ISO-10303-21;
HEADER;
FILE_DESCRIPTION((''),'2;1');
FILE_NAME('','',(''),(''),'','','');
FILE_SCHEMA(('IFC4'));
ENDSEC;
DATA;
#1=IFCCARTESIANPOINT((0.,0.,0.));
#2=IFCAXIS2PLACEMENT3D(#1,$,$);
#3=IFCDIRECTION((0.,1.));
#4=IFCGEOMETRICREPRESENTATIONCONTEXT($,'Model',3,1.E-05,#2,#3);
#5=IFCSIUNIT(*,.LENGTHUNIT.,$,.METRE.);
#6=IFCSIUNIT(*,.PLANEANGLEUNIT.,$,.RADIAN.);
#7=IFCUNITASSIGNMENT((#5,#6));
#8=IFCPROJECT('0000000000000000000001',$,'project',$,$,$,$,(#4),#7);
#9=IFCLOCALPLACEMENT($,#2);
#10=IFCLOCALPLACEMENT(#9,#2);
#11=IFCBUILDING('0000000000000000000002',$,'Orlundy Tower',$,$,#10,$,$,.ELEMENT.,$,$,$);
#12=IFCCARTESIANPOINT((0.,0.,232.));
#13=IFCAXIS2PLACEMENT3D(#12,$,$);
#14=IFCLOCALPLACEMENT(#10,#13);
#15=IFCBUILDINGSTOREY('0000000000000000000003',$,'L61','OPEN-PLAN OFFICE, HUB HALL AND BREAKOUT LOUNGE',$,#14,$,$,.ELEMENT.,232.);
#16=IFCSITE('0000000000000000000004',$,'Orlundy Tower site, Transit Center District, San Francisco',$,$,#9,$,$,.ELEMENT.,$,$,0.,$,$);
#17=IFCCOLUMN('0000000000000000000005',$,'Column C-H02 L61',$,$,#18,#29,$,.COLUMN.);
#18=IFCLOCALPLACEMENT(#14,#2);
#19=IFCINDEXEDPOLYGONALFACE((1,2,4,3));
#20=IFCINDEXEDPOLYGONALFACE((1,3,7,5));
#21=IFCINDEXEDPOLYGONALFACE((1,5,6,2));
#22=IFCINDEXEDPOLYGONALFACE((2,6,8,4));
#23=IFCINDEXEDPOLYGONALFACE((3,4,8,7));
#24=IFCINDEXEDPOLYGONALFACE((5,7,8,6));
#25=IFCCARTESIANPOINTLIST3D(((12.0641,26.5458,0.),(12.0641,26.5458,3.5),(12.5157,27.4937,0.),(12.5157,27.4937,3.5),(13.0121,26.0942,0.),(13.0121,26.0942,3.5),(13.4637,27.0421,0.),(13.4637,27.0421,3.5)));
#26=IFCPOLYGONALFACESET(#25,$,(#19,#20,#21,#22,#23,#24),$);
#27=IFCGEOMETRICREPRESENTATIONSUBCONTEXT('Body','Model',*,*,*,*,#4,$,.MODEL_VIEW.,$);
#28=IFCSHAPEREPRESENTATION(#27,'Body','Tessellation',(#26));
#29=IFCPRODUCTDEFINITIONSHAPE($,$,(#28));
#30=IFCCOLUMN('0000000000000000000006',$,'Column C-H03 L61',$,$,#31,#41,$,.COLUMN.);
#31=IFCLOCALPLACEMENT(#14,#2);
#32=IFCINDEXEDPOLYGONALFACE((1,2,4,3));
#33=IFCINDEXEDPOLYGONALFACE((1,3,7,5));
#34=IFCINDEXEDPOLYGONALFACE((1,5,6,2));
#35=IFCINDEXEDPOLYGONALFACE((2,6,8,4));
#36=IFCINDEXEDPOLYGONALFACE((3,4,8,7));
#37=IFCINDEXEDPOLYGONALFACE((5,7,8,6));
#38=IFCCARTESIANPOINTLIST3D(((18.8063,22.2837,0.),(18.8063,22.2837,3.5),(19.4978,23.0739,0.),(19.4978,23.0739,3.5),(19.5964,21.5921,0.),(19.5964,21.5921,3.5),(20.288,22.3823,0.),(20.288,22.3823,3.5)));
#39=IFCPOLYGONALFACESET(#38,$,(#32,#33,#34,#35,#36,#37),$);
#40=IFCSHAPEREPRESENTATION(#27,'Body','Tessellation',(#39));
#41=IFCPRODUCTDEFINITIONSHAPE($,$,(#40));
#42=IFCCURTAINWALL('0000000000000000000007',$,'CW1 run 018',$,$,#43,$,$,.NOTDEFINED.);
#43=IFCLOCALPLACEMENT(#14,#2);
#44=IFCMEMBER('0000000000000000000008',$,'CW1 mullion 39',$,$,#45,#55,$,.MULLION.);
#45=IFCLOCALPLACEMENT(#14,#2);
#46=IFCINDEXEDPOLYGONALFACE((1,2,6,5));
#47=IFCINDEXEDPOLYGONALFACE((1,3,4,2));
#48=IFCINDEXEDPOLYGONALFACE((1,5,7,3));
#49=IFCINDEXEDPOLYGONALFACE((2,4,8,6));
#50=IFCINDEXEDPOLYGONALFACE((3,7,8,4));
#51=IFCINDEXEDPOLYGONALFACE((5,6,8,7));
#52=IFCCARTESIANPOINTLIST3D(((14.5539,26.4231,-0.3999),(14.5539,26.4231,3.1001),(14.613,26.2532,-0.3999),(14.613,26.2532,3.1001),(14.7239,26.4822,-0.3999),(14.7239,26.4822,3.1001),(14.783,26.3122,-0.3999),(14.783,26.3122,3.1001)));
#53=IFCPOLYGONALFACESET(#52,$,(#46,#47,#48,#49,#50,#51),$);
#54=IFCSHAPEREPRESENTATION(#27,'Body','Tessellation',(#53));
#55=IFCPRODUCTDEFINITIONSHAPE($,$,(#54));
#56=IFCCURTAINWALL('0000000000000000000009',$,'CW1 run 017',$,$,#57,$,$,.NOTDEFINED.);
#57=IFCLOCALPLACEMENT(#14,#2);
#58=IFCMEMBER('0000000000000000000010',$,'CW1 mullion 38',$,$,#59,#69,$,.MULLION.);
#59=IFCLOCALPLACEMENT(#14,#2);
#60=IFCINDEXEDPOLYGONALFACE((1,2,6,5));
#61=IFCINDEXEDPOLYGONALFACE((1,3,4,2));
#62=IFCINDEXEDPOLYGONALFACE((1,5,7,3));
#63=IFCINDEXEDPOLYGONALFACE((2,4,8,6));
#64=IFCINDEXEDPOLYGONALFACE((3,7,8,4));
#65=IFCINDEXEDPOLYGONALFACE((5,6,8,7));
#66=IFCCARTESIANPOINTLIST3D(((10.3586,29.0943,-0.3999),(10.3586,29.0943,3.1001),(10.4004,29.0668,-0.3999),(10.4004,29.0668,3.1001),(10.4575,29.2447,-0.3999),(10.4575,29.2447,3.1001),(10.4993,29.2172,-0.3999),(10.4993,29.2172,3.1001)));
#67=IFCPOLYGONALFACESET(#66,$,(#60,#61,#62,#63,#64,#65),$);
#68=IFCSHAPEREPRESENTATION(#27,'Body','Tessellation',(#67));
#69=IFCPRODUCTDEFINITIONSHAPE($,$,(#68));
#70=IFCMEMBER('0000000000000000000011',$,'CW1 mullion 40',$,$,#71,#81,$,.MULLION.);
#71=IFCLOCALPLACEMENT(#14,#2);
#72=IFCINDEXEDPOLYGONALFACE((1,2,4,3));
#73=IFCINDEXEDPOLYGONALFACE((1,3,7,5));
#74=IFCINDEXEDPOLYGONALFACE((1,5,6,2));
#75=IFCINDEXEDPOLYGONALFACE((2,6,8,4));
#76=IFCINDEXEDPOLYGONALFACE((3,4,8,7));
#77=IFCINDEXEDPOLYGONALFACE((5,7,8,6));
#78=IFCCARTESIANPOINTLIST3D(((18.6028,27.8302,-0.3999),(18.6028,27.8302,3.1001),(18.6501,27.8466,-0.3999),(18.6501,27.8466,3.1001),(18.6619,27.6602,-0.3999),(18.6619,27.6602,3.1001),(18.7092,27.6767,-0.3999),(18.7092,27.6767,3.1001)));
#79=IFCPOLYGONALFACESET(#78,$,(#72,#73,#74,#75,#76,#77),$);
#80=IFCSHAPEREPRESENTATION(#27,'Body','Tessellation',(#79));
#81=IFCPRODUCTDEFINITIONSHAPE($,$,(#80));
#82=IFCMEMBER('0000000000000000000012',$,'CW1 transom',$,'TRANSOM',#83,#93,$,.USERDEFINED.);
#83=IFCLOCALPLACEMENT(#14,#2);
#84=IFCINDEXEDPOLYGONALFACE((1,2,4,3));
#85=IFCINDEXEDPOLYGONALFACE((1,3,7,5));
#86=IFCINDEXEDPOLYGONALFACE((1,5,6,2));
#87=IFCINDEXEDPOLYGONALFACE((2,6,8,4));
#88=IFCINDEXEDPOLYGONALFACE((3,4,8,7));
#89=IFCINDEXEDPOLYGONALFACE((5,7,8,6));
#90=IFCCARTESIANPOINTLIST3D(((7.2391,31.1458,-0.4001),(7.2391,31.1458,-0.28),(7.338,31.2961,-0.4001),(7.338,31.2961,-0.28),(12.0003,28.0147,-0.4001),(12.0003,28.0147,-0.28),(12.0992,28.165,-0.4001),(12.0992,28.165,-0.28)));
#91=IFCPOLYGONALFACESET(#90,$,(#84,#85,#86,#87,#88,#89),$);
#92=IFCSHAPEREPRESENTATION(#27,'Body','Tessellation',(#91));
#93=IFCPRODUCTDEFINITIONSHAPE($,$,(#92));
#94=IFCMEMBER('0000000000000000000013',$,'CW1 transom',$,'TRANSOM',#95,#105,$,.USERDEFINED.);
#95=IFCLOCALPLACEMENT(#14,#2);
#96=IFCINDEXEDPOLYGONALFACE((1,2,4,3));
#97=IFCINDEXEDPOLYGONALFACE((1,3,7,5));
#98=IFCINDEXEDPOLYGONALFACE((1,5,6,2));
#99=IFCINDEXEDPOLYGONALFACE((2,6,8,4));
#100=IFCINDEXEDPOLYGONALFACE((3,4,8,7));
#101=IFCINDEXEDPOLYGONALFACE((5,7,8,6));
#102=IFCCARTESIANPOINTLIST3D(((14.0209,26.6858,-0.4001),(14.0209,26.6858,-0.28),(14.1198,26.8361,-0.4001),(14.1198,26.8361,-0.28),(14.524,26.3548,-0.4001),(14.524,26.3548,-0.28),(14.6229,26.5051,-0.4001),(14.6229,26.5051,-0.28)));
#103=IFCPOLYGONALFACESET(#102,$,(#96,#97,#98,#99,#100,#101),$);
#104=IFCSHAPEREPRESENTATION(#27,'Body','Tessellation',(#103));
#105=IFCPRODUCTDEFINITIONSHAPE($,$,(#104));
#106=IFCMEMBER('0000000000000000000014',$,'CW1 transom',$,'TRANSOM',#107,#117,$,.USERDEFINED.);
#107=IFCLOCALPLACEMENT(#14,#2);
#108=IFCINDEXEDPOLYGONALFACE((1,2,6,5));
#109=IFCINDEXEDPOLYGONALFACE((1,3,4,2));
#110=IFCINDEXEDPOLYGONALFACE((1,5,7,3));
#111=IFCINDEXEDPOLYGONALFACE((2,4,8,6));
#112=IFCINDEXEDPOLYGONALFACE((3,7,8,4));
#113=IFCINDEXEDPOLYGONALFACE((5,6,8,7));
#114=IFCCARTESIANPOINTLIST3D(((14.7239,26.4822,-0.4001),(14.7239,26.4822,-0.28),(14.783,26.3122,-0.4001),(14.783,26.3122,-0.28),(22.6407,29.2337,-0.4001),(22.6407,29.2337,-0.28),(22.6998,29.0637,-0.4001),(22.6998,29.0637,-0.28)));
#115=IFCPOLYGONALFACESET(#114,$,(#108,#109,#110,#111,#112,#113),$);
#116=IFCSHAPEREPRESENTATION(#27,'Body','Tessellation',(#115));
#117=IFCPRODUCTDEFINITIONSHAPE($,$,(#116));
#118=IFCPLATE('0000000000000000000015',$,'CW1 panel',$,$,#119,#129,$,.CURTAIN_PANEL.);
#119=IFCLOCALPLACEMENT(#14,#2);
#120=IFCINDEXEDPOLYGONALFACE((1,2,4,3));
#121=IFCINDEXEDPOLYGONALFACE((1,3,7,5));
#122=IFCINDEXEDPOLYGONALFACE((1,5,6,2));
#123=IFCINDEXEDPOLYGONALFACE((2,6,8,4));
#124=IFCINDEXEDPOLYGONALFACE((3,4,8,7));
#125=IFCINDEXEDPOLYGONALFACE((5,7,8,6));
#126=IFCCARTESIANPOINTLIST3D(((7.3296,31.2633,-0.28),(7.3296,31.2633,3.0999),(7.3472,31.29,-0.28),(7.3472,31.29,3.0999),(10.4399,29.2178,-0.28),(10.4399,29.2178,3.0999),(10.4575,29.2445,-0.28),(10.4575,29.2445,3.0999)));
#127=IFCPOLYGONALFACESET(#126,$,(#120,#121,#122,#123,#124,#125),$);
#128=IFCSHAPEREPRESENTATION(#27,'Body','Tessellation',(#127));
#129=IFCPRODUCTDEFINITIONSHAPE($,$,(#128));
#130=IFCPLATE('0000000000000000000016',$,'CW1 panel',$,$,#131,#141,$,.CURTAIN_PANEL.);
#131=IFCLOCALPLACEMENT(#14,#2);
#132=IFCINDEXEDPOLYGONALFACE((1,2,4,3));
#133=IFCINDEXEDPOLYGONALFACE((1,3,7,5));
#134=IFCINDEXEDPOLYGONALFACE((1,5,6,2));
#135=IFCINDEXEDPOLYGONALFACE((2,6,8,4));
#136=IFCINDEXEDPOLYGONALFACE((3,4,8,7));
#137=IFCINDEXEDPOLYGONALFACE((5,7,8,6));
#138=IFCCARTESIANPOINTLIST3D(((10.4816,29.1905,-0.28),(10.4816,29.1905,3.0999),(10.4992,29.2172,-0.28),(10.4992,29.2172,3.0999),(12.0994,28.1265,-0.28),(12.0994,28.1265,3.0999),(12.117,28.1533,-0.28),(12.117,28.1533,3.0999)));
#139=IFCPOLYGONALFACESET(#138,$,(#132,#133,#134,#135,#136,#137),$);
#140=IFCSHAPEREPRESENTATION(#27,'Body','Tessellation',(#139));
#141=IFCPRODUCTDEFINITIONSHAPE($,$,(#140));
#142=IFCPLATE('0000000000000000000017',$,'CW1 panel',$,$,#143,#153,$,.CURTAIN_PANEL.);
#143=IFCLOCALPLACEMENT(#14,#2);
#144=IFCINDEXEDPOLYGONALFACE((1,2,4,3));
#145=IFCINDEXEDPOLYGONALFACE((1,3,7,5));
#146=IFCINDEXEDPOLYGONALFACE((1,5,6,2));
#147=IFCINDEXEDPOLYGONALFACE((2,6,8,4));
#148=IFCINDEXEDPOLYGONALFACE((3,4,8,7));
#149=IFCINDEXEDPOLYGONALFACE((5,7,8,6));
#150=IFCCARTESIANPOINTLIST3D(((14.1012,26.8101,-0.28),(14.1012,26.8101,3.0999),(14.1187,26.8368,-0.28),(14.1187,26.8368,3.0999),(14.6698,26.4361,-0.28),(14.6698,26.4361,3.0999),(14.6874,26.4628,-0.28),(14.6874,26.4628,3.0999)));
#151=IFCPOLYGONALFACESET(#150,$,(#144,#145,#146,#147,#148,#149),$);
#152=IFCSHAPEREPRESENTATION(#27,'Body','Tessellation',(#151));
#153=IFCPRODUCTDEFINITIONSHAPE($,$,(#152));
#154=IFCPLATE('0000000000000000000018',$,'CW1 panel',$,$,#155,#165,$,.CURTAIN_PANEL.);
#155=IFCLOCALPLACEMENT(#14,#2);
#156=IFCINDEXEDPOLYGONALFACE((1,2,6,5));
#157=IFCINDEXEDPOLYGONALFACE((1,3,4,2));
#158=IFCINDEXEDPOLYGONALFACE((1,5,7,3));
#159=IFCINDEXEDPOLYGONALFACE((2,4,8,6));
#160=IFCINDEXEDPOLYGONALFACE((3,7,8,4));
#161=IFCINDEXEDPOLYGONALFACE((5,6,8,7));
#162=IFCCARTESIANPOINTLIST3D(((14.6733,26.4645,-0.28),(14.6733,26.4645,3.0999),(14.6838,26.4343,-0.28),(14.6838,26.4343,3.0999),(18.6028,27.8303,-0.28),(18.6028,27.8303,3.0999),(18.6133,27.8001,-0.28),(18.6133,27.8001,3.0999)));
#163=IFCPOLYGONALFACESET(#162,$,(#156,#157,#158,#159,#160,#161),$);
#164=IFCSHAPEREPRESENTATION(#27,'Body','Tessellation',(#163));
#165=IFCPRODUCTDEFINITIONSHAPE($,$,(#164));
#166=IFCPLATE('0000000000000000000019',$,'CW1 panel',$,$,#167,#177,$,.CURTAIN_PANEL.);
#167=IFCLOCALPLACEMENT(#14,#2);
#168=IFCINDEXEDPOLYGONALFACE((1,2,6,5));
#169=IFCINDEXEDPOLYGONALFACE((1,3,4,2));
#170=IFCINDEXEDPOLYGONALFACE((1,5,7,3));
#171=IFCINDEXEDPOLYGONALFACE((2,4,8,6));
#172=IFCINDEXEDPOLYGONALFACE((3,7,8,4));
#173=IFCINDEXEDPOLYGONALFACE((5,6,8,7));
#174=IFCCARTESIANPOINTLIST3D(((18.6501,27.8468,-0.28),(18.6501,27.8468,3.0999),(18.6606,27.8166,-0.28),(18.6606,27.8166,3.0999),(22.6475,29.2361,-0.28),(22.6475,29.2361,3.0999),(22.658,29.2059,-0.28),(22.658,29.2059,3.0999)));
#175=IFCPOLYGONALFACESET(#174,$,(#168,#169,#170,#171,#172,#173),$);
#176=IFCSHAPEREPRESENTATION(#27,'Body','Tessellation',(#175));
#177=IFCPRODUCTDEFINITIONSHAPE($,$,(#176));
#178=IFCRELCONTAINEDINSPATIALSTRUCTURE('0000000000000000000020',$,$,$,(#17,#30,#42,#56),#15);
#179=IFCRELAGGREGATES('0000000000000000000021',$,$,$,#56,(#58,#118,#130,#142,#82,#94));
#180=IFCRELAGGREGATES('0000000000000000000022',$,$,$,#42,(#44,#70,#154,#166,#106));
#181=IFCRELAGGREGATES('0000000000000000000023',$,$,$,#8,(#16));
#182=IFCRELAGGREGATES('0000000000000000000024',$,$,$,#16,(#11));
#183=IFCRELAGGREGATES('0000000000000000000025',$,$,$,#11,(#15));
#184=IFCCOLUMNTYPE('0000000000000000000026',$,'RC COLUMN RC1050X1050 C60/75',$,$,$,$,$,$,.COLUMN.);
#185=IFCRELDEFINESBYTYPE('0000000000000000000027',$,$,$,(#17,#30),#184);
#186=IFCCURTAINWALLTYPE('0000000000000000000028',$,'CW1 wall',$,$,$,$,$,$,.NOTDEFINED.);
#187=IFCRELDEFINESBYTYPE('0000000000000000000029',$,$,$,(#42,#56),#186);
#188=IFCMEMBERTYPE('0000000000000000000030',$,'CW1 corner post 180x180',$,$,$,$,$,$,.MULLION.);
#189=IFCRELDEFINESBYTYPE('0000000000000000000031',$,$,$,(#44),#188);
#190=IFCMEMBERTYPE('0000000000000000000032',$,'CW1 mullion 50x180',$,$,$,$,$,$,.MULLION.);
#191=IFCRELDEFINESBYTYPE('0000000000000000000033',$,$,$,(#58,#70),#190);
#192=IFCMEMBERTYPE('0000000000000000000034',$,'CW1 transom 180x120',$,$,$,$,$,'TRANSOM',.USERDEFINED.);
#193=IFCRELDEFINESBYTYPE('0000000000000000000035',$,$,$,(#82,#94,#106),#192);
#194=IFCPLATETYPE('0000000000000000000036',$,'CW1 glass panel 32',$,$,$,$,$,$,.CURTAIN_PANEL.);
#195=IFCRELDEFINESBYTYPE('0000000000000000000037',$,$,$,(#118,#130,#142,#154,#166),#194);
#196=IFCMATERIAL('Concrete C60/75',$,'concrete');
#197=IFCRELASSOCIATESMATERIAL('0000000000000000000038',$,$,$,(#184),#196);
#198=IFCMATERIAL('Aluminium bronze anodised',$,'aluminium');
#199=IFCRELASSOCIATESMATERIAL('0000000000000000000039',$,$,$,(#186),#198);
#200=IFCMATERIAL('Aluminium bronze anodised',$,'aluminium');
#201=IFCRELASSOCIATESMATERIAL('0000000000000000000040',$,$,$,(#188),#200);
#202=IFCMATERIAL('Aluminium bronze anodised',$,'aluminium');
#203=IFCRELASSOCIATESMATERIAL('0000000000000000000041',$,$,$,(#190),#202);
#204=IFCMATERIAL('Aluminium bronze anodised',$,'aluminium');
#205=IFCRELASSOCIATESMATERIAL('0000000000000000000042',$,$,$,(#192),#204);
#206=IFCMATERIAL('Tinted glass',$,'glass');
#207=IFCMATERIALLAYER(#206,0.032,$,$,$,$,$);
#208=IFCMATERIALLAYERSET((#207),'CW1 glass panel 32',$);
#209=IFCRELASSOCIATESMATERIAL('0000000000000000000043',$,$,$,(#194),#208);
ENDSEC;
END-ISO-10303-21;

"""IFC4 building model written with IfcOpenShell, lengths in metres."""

from ifc_helpers import new_model, si_unit, direction, frame, origin, origin_2d, place, context, subcontext, project, spatial, rectangle, extrude, material, layer, layer_set, material_profile, profile_set, type_object, element, aggregate, save


model = new_model("IFC4")

# Units and contexts
model_context = context("Model", 3, precision=1e-05, world=origin(), true_north=direction((0.0, 1.0)))
body_context = subcontext(model_context, "Body", "Model", "MODEL_VIEW")
ifc_project = project(units=[si_unit("LENGTHUNIT", "METRE"), si_unit("PLANEANGLEUNIT", "RADIAN")], contexts=[model_context])

# Site, building, storey
site_placement = place(None, origin())
site = spatial("IfcSite", under=ifc_project, at=site_placement, Name="Orlundy Tower site, Transit Center District, San Francisco", CompositionType="ELEMENT", RefElevation=0.0)
building_placement = place(site_placement, origin())
building = spatial("IfcBuilding", under=site, at=building_placement, Name="Orlundy Tower", CompositionType="ELEMENT")
storey_placement = place(building_placement, frame((0.0, 0.0, 232.0)))
storey = spatial("IfcBuildingStorey", under=building, at=storey_placement, Name="L61", Description="OPEN-PLAN OFFICE, HUB HALL AND BREAKOUT LOUNGE", CompositionType="ELEMENT", Elevation=232.0)

# Columns
ifc_material_1 = material(Name="Concrete C60/75", Category="concrete")
ifc_material_profile_1 = material_profile(ifc_material_1, rectangle(XDim=1.05, YDim=1.05, at=origin_2d()), Name="RC1050X1050")
ifc_profile_set_1 = profile_set([ifc_material_profile_1], Name="Concrete C60/75")
column_type = type_object("IfcColumnType", Name="RC COLUMN RC1050X1050 C60/75", PredefinedType="COLUMN", material=ifc_profile_set_1)
for number, where, z_axis, x_axis, name in (
    (1, (12.7639, 26.7939, 0.0), (0.0, 0.0, 1.0), (0.43007, 0.902796, 0.0), "Column C-H02 L61"),
    (2, (19.5471, 22.333, 0.0), (0.0, 0.0, 1.0), (0.658611, 0.752484, 0.0), "Column C-H03 L61"),
):
    element("IfcColumn", number, at=place(storey_placement, frame(where, z_axis=z_axis, x_axis=x_axis)), inside=storey, type_object=column_type, Name=name, PredefinedType="COLUMN", context=body_context, shape_type="SweptSolid", body=[
        extrude(rectangle(XDim=1.05, YDim=1.05, at=origin_2d()), origin(), (0.0, 0.0, 1.0), 3.5),
    ])

# Curtain walls, members
ifc_material_2 = material(Name="Aluminium bronze anodised", Category="aluminium")
curtain_wall_type = type_object("IfcCurtainWallType", Name="CW1 wall", PredefinedType="NOTDEFINED", material=ifc_material_2)
curtain_wall_1_placement = place(storey_placement, origin())
curtain_wall_1 = element("IfcCurtainWall", 3, at=curtain_wall_1_placement, inside=storey, type_object=curtain_wall_type, Name="CW1 run 018", PredefinedType="NOTDEFINED")
ifc_material_3 = material(Name="Aluminium bronze anodised", Category="aluminium")
ifc_material_profile_2 = material_profile(ifc_material_3, rectangle(XDim=0.1799, YDim=0.1799, at=origin_2d()), Name="CW1 corner post 180x180")
ifc_profile_set_2 = profile_set([ifc_material_profile_2], Name="Aluminium bronze anodised")
member_type_1 = type_object("IfcMemberType", Name="CW1 corner post 180x180", PredefinedType="MULLION", material=ifc_profile_set_2)
member_1_placement = place(storey_placement, frame((14.6685, 26.3677, -0.3999), z_axis=(0.0, 0.0, 1.0), x_axis=(-0.328298, 0.944574, 0.0)))
member_1 = element("IfcMember", 4, at=member_1_placement, type_object=member_type_1, Name="CW1 mullion 39", PredefinedType="MULLION", context=body_context, shape_type="SweptSolid", body=[
    extrude(rectangle(XDim=0.1799, YDim=0.1799, at=origin_2d()), origin(), (0.0, 0.0, 1.0), 3.5),
])
curtain_wall_2_placement = place(storey_placement, origin())
curtain_wall_2 = element("IfcCurtainWall", 5, at=curtain_wall_2_placement, inside=storey, type_object=curtain_wall_type, Name="CW1 run 017", PredefinedType="NOTDEFINED")
ifc_material_4 = material(Name="Aluminium bronze anodised", Category="aluminium")
ifc_material_profile_3 = material_profile(ifc_material_4, rectangle(XDim=0.1799, YDim=0.05, at=origin_2d()), Name="CW1 mullion 50x180")
ifc_profile_set_3 = profile_set([ifc_material_profile_3], Name="Aluminium bronze anodised")
member_type_2 = type_object("IfcMemberType", Name="CW1 mullion 50x180", PredefinedType="MULLION", material=ifc_profile_set_3)
member_2_placement = place(storey_placement, frame((10.429, 29.1558, -0.3999), z_axis=(0.0, 0.0, 1.0), x_axis=(0.549482, 0.835506, 0.0)))
member_2 = element("IfcMember", 6, at=member_2_placement, type_object=member_type_2, Name="CW1 mullion 38", PredefinedType="MULLION", context=body_context, shape_type="SweptSolid", body=[
    extrude(rectangle(XDim=0.1799, YDim=0.05, at=origin_2d()), origin(), (0.0, 0.0, 1.0), 3.5),
])

# Members
member_3_placement = place(storey_placement, frame((18.656, 27.7534, -0.3999), z_axis=(0.0, 0.0, 1.0), x_axis=(-0.328298, 0.944574, 0.0)))
member_3 = element("IfcMember", 7, at=member_3_placement, type_object=member_type_2, Name="CW1 mullion 40", PredefinedType="MULLION", context=body_context, shape_type="SweptSolid", body=[
    extrude(rectangle(XDim=0.1799, YDim=0.05, at=origin_2d()), origin(), (0.0, 0.0, 1.0), 3.5),
])
ifc_material_5 = material(Name="Aluminium bronze anodised", Category="aluminium")
ifc_material_profile_4 = material_profile(ifc_material_5, rectangle(XDim=0.1799, YDim=0.1201, at=origin_2d()), Name="CW1 transom 180x120")
ifc_profile_set_4 = profile_set([ifc_material_profile_4], Name="Aluminium bronze anodised")
member_type_3 = type_object("IfcMemberType", Name="CW1 transom 180x120", ElementType="TRANSOM", PredefinedType="USERDEFINED", material=ifc_profile_set_4)
member_4_placement = place(storey_placement, frame((7.2886, 31.2209, -0.3401), z_axis=(0.835521, -0.549459, 0.0), x_axis=(0.549459, 0.835521, 0.0)))
member_4 = element("IfcMember", 8, at=member_4_placement, type_object=member_type_3, Name="CW1 transom", ObjectType="TRANSOM", PredefinedType="USERDEFINED", context=body_context, shape_type="SweptSolid", body=[
    extrude(rectangle(XDim=0.1799, YDim=0.1201, at=origin_2d()), origin(), (0.0, 0.0, 1.0), 5.6985),
])
member_5_placement = place(storey_placement, frame((14.0703, 26.761, -0.3401), z_axis=(0.835402, -0.549639, 0.0), x_axis=(0.549639, 0.835402, 0.0)))
member_5 = element("IfcMember", 9, at=member_5_placement, type_object=member_type_3, Name="CW1 transom", ObjectType="TRANSOM", PredefinedType="USERDEFINED", context=body_context, shape_type="SweptSolid", body=[
    extrude(rectangle(XDim=0.1799, YDim=0.1201, at=origin_2d()), origin(), (0.0, 0.0, 1.0), 0.6023),
])
member_6_placement = place(storey_placement, frame((14.7534, 26.3972, -0.3401), z_axis=(0.944578, 0.328288, 0.0), x_axis=(-0.328288, 0.944578, 0.0)))
member_6 = element("IfcMember", 10, at=member_6_placement, type_object=member_type_3, Name="CW1 transom", ObjectType="TRANSOM", PredefinedType="USERDEFINED", context=body_context, shape_type="SweptSolid", body=[
    extrude(rectangle(XDim=0.1799, YDim=0.1201, at=origin_2d()), origin(), (0.0, 0.0, 1.0), 8.3813),
])

# Plates
ifc_material_6 = material(Name="Tinted glass", Category="glass")
ifc_layer_1 = layer(ifc_material_6, 0.032)
ifc_layer_set_1 = layer_set([ifc_layer_1], Name="CW1 glass panel 32")
plate_type = type_object("IfcPlateType", Name="CW1 glass panel 32", PredefinedType="CURTAIN_PANEL", material=ifc_layer_set_1)
plate_1_placement = place(storey_placement, frame((8.8936, 30.2539, -0.28), z_axis=(0.0, 0.0, 1.0), x_axis=(0.835506, -0.549482, 0.0)))
plate_1 = element("IfcPlate", 11, at=plate_1_placement, type_object=plate_type, Name="CW1 panel", PredefinedType="CURTAIN_PANEL", context=body_context, shape_type="SweptSolid", body=[
    extrude(rectangle(XDim=3.7227, YDim=0.032, at=origin_2d()), origin(), (0.0, 0.0, 1.0), 3.3799),
])
plate_2_placement = place(storey_placement, frame((11.2993, 28.6719, -0.28), z_axis=(0.0, 0.0, 1.0), x_axis=(0.835506, -0.549482, 0.0)))
plate_2 = element("IfcPlate", 12, at=plate_2_placement, type_object=plate_type, Name="CW1 panel", PredefinedType="CURTAIN_PANEL", context=body_context, shape_type="SweptSolid", body=[
    extrude(rectangle(XDim=1.9363, YDim=0.032, at=origin_2d()), origin(), (0.0, 0.0, 1.0), 3.3799),
])
plate_3_placement = place(storey_placement, frame((14.3943, 26.6365, -0.28), z_axis=(0.0, 0.0, 1.0), x_axis=(0.835506, -0.549482, 0.0)))
plate_3 = element("IfcPlate", 13, at=plate_3_placement, type_object=plate_type, Name="CW1 panel", PredefinedType="CURTAIN_PANEL", context=body_context, shape_type="SweptSolid", body=[
    extrude(rectangle(XDim=0.6807, YDim=0.032, at=origin_2d()), origin(), (0.0, 0.0, 1.0), 3.3799),
])
aggregate(curtain_wall_2, [member_2, plate_1, plate_2, plate_3, member_4, member_5])
plate_4_placement = place(storey_placement, frame((16.6433, 27.1323, -0.28), z_axis=(0.0, 0.0, 1.0), x_axis=(0.944574, 0.328298, 0.0)))
plate_4 = element("IfcPlate", 14, at=plate_4_placement, type_object=plate_type, Name="CW1 panel", PredefinedType="CURTAIN_PANEL", context=body_context, shape_type="SweptSolid", body=[
    extrude(rectangle(XDim=4.1602, YDim=0.032, at=origin_2d()), origin(), (0.0, 0.0, 1.0), 3.3799),
])
plate_5_placement = place(storey_placement, frame((20.6541, 28.5264, -0.28), z_axis=(0.0, 0.0, 1.0), x_axis=(0.944574, 0.328298, 0.0)))
plate_5 = element("IfcPlate", 15, at=plate_5_placement, type_object=plate_type, Name="CW1 panel", PredefinedType="CURTAIN_PANEL", context=body_context, shape_type="SweptSolid", body=[
    extrude(rectangle(XDim=4.2319, YDim=0.032, at=origin_2d()), origin(), (0.0, 0.0, 1.0), 3.3799),
])
aggregate(curtain_wall_1, [member_1, member_3, plate_4, plate_5, member_6])

save(model, "model.ifc")
